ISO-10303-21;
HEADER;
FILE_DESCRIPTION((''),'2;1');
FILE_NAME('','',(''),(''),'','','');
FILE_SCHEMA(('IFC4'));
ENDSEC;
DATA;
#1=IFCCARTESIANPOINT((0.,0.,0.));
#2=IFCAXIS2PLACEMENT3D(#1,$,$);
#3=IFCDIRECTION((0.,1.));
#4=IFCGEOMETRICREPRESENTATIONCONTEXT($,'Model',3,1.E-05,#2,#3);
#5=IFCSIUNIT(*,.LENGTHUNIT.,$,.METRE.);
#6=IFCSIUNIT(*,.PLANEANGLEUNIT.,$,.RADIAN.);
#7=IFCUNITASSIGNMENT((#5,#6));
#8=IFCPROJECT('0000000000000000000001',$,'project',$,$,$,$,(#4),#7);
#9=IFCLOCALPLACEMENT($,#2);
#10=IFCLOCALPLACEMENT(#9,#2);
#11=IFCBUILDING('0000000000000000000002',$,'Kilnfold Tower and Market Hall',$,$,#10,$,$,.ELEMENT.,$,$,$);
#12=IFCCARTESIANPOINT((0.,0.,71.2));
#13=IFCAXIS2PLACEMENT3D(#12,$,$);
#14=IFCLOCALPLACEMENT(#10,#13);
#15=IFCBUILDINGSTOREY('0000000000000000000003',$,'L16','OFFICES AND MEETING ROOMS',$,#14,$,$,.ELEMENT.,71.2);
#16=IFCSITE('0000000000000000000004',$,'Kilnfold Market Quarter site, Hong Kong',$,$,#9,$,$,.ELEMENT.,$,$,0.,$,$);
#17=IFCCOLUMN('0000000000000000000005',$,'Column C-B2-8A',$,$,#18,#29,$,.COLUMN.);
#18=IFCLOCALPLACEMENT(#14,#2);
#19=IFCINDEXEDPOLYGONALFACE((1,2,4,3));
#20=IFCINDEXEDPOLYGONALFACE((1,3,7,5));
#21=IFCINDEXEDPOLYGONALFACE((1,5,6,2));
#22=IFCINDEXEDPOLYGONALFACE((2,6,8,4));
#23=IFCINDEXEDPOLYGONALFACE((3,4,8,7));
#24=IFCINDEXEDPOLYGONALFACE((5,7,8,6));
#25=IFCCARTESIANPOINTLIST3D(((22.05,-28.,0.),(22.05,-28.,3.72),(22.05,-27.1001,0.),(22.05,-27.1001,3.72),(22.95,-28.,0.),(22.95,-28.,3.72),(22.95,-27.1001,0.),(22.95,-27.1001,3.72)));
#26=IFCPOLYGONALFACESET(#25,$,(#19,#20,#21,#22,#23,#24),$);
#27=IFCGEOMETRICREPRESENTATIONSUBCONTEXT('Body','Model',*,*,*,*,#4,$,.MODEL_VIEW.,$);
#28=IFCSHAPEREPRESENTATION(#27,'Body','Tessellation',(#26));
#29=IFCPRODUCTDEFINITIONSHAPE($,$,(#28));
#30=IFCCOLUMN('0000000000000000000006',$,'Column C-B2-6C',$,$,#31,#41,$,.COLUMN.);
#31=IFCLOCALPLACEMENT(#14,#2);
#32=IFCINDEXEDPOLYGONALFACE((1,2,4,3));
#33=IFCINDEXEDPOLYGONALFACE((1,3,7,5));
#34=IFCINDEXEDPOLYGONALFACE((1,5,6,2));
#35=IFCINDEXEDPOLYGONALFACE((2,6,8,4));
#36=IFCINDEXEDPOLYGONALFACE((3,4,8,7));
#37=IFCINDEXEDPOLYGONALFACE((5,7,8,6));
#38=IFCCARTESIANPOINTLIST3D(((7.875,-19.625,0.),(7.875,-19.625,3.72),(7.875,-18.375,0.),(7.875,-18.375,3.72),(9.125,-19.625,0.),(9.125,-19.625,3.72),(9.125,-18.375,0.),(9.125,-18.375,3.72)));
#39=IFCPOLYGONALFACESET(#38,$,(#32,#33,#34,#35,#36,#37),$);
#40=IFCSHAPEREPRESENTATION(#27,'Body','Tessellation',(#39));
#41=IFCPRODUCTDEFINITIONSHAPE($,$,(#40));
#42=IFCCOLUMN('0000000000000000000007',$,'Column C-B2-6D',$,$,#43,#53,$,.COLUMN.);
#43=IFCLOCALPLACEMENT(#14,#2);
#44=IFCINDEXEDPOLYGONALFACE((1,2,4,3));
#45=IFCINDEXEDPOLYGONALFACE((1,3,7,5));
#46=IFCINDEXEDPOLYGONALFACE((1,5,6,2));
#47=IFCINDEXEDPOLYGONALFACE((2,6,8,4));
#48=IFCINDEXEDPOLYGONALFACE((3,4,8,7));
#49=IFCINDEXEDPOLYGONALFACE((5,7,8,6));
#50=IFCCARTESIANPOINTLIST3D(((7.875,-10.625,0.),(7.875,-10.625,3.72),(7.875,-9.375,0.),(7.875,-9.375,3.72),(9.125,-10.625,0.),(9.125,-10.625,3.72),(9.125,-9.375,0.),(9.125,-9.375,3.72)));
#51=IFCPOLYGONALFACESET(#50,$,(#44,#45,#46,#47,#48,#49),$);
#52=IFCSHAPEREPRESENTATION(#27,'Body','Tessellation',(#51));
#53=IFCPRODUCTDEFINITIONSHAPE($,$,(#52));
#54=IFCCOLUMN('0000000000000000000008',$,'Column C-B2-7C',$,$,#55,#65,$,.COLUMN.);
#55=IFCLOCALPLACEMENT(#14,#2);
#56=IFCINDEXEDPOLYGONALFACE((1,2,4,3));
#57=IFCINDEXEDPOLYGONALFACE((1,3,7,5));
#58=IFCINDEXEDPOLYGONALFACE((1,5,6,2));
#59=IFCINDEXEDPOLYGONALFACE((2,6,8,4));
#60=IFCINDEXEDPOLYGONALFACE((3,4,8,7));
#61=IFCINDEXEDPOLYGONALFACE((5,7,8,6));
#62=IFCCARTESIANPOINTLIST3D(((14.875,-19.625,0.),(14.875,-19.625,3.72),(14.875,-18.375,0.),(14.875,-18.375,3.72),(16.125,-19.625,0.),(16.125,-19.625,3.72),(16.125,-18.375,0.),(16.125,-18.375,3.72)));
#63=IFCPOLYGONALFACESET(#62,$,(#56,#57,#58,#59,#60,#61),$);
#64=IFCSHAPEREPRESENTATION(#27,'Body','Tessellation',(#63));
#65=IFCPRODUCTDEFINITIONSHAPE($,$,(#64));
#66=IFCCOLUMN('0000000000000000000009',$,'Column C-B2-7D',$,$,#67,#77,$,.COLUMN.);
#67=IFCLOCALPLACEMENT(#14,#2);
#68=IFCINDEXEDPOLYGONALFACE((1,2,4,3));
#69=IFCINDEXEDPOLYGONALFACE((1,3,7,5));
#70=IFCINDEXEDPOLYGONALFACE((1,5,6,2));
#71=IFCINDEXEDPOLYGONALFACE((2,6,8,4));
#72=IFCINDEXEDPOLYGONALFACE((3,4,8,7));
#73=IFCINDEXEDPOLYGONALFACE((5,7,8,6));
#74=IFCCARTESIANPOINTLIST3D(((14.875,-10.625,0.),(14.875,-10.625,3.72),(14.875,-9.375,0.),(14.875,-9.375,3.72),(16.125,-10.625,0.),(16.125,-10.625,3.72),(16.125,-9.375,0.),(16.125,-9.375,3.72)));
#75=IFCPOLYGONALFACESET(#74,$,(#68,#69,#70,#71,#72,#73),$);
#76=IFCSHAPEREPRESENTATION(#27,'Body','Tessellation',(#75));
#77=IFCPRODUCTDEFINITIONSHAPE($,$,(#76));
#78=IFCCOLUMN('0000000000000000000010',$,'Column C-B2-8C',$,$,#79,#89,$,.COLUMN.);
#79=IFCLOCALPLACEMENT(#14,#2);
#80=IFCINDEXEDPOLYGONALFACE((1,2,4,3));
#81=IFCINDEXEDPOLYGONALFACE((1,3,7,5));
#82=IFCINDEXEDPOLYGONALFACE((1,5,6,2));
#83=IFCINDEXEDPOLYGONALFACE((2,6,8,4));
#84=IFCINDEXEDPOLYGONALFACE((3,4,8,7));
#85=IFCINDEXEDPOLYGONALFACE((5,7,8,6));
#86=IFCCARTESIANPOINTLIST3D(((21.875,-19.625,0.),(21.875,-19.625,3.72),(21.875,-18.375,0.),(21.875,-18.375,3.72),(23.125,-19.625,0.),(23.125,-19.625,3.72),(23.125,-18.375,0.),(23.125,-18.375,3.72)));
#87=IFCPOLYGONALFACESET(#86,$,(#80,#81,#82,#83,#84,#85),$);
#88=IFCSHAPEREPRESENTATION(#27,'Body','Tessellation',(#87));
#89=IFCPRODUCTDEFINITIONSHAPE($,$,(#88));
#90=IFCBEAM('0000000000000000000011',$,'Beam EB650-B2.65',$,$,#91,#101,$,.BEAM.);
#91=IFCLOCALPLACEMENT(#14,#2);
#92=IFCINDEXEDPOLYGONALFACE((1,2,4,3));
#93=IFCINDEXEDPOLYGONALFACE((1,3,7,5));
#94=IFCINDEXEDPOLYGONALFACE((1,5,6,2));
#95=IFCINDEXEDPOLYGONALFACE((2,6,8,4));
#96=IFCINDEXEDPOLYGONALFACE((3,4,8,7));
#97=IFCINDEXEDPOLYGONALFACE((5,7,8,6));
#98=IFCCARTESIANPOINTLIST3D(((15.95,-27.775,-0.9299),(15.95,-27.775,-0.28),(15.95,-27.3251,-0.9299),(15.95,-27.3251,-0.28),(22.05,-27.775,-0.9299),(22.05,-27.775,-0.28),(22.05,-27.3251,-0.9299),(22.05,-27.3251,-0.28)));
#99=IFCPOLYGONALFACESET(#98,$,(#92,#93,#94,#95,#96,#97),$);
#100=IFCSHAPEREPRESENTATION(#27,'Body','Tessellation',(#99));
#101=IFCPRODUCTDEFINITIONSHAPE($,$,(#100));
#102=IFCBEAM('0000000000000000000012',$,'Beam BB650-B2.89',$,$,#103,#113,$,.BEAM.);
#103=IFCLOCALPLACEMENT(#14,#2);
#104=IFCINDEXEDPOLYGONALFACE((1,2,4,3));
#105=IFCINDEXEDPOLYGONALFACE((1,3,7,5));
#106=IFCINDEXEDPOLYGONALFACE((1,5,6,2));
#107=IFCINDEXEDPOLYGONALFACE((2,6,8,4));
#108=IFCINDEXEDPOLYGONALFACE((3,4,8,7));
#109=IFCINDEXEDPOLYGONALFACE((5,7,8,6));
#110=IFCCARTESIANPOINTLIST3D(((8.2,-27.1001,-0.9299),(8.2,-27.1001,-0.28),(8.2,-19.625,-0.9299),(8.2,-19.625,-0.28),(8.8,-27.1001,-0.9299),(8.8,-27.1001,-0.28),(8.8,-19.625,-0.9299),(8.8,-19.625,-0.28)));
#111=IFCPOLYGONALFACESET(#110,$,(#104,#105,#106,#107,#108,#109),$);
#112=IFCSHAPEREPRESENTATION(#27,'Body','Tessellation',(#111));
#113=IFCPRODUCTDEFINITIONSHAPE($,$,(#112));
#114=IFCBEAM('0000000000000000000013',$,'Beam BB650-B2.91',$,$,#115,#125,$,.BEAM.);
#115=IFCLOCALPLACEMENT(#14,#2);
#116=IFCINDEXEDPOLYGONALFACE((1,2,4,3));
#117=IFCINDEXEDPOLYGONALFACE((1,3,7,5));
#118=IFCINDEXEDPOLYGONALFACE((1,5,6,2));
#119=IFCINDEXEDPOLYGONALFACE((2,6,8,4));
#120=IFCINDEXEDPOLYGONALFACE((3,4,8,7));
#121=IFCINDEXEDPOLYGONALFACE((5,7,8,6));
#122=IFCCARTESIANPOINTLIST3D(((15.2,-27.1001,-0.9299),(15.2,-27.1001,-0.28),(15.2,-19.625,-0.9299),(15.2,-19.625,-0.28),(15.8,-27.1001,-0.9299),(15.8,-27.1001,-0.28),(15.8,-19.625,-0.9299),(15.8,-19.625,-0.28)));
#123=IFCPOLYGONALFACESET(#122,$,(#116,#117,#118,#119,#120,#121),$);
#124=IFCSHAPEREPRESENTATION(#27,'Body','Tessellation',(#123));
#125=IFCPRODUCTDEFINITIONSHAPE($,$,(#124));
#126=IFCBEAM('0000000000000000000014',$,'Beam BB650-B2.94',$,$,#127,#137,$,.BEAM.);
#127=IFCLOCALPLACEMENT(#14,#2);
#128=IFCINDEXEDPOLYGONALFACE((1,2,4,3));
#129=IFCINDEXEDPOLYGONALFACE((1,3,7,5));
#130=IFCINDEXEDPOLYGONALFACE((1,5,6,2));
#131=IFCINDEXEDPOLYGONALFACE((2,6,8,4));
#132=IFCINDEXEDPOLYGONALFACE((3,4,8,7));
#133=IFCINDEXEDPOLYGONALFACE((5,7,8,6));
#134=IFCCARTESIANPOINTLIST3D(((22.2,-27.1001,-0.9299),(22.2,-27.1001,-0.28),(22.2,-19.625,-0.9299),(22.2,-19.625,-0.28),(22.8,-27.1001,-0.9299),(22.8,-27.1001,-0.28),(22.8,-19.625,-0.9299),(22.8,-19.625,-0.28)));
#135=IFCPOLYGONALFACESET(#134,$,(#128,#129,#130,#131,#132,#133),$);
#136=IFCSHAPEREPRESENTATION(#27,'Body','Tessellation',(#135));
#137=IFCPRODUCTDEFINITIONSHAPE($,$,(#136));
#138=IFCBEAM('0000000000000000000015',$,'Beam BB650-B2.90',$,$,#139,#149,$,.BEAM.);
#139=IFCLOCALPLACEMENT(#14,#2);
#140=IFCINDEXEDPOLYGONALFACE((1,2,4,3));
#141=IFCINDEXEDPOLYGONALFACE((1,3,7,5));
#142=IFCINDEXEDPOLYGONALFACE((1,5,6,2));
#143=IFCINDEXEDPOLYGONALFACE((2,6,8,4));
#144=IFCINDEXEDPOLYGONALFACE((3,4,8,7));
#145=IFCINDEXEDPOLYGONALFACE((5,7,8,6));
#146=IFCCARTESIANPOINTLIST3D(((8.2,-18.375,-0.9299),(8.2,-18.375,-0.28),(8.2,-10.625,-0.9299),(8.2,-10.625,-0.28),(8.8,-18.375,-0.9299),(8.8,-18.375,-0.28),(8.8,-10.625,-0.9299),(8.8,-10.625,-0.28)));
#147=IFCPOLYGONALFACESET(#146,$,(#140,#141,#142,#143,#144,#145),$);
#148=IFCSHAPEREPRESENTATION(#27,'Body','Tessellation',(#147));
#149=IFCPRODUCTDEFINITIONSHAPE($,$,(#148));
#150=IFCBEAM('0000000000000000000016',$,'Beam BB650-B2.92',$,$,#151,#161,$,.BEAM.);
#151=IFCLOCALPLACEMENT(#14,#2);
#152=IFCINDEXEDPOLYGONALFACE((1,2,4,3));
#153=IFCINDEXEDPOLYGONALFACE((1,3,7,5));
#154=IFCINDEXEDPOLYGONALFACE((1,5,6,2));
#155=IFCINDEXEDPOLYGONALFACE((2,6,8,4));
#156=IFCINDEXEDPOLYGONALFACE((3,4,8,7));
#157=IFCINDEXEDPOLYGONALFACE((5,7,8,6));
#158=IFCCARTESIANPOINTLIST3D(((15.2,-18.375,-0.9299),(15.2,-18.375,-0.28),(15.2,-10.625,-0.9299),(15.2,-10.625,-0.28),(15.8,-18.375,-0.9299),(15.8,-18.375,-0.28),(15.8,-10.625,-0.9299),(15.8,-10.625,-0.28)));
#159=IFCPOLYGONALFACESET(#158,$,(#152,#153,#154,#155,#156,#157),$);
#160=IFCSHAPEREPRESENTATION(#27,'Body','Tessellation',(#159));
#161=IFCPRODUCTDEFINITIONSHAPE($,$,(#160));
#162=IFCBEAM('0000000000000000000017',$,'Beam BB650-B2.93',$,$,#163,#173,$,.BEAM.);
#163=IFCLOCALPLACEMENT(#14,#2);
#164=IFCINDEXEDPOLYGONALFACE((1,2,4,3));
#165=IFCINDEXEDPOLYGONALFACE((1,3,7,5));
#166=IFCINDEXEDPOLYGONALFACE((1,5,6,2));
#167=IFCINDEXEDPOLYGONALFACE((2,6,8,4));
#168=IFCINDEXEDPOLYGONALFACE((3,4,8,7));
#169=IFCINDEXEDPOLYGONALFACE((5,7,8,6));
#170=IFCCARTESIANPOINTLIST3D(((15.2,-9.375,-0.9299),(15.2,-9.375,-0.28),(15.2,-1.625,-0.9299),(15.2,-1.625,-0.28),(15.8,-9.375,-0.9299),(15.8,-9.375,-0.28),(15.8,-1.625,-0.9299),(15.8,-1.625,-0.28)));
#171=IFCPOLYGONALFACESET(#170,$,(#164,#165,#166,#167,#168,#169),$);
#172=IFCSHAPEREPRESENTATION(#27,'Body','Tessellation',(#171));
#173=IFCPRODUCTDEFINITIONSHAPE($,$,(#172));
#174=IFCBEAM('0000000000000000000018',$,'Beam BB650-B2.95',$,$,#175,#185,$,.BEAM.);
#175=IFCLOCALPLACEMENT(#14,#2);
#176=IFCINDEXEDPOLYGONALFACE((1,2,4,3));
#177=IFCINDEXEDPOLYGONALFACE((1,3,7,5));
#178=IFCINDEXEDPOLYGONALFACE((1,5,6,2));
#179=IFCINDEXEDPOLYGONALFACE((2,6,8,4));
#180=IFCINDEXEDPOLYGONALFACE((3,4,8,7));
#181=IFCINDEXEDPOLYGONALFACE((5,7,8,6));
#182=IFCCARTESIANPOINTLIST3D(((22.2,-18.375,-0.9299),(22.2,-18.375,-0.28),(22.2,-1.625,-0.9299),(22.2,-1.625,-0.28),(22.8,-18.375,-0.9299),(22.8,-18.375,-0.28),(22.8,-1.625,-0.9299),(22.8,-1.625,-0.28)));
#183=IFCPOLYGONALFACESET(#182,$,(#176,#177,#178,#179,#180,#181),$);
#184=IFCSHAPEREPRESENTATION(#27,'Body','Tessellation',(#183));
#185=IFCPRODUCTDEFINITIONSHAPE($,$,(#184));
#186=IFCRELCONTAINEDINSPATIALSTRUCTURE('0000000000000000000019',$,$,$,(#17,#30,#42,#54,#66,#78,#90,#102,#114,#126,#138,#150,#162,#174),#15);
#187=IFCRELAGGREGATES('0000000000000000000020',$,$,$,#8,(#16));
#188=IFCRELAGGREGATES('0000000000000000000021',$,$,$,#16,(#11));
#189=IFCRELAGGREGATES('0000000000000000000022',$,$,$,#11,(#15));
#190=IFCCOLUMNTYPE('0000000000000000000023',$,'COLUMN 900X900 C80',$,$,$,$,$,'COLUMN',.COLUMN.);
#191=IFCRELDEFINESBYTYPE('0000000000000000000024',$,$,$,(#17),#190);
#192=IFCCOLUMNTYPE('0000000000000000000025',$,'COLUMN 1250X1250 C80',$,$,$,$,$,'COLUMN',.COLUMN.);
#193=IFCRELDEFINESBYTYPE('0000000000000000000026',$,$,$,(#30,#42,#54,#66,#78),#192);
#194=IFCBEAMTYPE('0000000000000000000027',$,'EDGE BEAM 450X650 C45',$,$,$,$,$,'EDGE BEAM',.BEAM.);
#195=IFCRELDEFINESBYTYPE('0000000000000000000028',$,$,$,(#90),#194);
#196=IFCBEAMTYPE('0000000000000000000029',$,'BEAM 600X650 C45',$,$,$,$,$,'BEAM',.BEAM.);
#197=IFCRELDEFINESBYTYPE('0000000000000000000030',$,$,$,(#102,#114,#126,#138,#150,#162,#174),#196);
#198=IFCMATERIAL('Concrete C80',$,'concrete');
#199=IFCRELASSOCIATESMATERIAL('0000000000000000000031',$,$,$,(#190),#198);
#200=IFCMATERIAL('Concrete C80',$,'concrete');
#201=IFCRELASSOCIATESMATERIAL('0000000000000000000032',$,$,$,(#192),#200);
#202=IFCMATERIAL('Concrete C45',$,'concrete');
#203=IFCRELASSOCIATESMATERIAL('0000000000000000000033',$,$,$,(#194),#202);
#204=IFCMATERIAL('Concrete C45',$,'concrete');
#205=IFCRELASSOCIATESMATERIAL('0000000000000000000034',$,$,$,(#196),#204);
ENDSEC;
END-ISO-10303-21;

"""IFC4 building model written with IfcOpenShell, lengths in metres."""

from ifc_helpers import new_model, si_unit, direction, frame, origin, origin_2d, place, context, subcontext, project, spatial, rectangle, extrude, source, transform, mapped, material, material_profile, profile_set, type_object, element, save


model = new_model("IFC4")

# Units and contexts
model_context = context("Model", 3, precision=1e-05, world=origin(), true_north=direction((0.0, 1.0)))
body_context = subcontext(model_context, "Body", "Model", "MODEL_VIEW")
ifc_project = project(units=[si_unit("LENGTHUNIT", "METRE"), si_unit("PLANEANGLEUNIT", "RADIAN")], contexts=[model_context])

# Site, building, storey
site_placement = place(None, origin())
site = spatial("IfcSite", under=ifc_project, at=site_placement, Name="Kilnfold Market Quarter site, Hong Kong", CompositionType="ELEMENT", RefElevation=0.0)
building_placement = place(site_placement, origin())
building = spatial("IfcBuilding", under=site, at=building_placement, Name="Kilnfold Tower and Market Hall", CompositionType="ELEMENT")
storey_placement = place(building_placement, frame((0.0, 0.0, 71.2)))
storey = spatial("IfcBuildingStorey", under=building, at=storey_placement, Name="L16", Description="OFFICES AND MEETING ROOMS", CompositionType="ELEMENT", Elevation=71.2)

# Columns
ifc_material_1 = material(Name="Concrete C80", Category="concrete")
ifc_material_profile_1 = material_profile(ifc_material_1, rectangle(XDim=0.8999, YDim=0.8999, at=origin_2d()), Name="RC 900x900")
ifc_profile_set_1 = profile_set([ifc_material_profile_1], Name="Concrete C80")
column_type_1 = type_object("IfcColumnType", Name="COLUMN 900X900 C80", ElementType="COLUMN", PredefinedType="COLUMN", material=ifc_profile_set_1)
shared_shape_1 = source(origin(), body_context, "Body", "SweptSolid", [
    extrude(rectangle(XDim=0.8999, YDim=0.8999, at=origin_2d()), origin(), (0.0, 0.0, 1.0), 3.72),
])
column_placement = place(storey_placement, frame((22.5, -27.55, 0.0), z_axis=(0.0, 0.0, 1.0), x_axis=(1.0, 0.0, 0.0)))
element("IfcColumn", 1, at=column_placement, inside=storey, type_object=column_type_1, Name="Column C-B2-8A", PredefinedType="COLUMN", context=body_context, shape_type="MappedRepresentation", body=[
    mapped(shared_shape_1, transform((0.0, 0.0, 0.0))),
])
ifc_material_2 = material(Name="Concrete C80", Category="concrete")
ifc_material_profile_2 = material_profile(ifc_material_2, rectangle(XDim=1.25, YDim=1.25, at=origin_2d()), Name="RC 1250x1250")
ifc_profile_set_2 = profile_set([ifc_material_profile_2], Name="Concrete C80")
column_type_2 = type_object("IfcColumnType", Name="COLUMN 1250X1250 C80", ElementType="COLUMN", PredefinedType="COLUMN", material=ifc_profile_set_2)
shared_shape_2 = source(origin(), body_context, "Body", "SweptSolid", [
    extrude(rectangle(XDim=1.25, YDim=1.25, at=origin_2d()), origin(), (0.0, 0.0, 1.0), 3.72),
])
for number, where, z_axis, x_axis, name in (
    (2, (8.5, -19.0, 0.0), (0.0, 0.0, 1.0), (1.0, 0.0, 0.0), "Column C-B2-6C"),
    (3, (8.5, -10.0, 0.0), (0.0, 0.0, 1.0), (1.0, 0.0, 0.0), "Column C-B2-6D"),
    (4, (15.5, -19.0, 0.0), (0.0, 0.0, 1.0), (1.0, 0.0, 0.0), "Column C-B2-7C"),
    (5, (15.5, -10.0, 0.0), (0.0, 0.0, 1.0), (1.0, 0.0, 0.0), "Column C-B2-7D"),
    (6, (22.5, -19.0, 0.0), (0.0, 0.0, 1.0), (1.0, 0.0, 0.0), "Column C-B2-8C"),
):
    element("IfcColumn", number, at=place(storey_placement, frame(where, z_axis=z_axis, x_axis=x_axis)), inside=storey, type_object=column_type_2, Name=name, PredefinedType="COLUMN", context=body_context, shape_type="MappedRepresentation", body=[
        mapped(shared_shape_2, transform((0.0, 0.0, 0.0))),
    ])

# Beams
ifc_material_3 = material(Name="Concrete C45", Category="concrete")
ifc_material_profile_3 = material_profile(ifc_material_3, rectangle(XDim=0.45, YDim=0.6499, at=origin_2d()), Name="RC 450x650")
ifc_profile_set_3 = profile_set([ifc_material_profile_3], Name="Concrete C45")
beam_type_1 = type_object("IfcBeamType", Name="EDGE BEAM 450X650 C45", ElementType="EDGE BEAM", PredefinedType="BEAM", material=ifc_profile_set_3)
shared_shape_3 = source(origin(), body_context, "Body", "SweptSolid", [
    extrude(rectangle(XDim=0.45, YDim=0.6499, at=origin_2d()), origin(), (0.0, 0.0, 1.0), 6.1001),
])
beam_1_placement = place(storey_placement, frame((15.95, -27.55, -0.605), z_axis=(1.0, 0.0, 0.0), x_axis=(0.0, 1.0, 0.0)))
element("IfcBeam", 7, at=beam_1_placement, inside=storey, type_object=beam_type_1, Name="Beam EB650-B2.65", PredefinedType="BEAM", context=body_context, shape_type="MappedRepresentation", body=[
    mapped(shared_shape_3, transform((0.0, 0.0, 0.0))),
])
ifc_material_4 = material(Name="Concrete C45", Category="concrete")
ifc_material_profile_4 = material_profile(ifc_material_4, rectangle(XDim=0.6001, YDim=0.6499, at=origin_2d()), Name="RC 600x650")
ifc_profile_set_4 = profile_set([ifc_material_profile_4], Name="Concrete C45")
beam_type_2 = type_object("IfcBeamType", Name="BEAM 600X650 C45", ElementType="BEAM", PredefinedType="BEAM", material=ifc_profile_set_4)
shared_shape_4 = source(origin(), body_context, "Body", "SweptSolid", [
    extrude(rectangle(XDim=0.6001, YDim=0.6499, at=origin_2d()), origin(), (0.0, 0.0, 1.0), 7.4751),
])
for number, where, z_axis, x_axis, name in (
    (8, (8.5, -27.1001, -0.605), (0.0, 1.0, 0.0), (-1.0, 0.0, 0.0), "Beam BB650-B2.89"),
    (9, (15.5, -27.1001, -0.605), (0.0, 1.0, 0.0), (-1.0, 0.0, 0.0), "Beam BB650-B2.91"),
    (10, (22.5, -27.1001, -0.605), (0.0, 1.0, 0.0), (-1.0, 0.0, 0.0), "Beam BB650-B2.94"),
):
    element("IfcBeam", number, at=place(storey_placement, frame(where, z_axis=z_axis, x_axis=x_axis)), inside=storey, type_object=beam_type_2, Name=name, PredefinedType="BEAM", context=body_context, shape_type="MappedRepresentation", body=[
        mapped(shared_shape_4, transform((0.0, 0.0, 0.0))),
    ])
shared_shape_5 = source(origin(), body_context, "Body", "SweptSolid", [
    extrude(rectangle(XDim=0.6001, YDim=0.6499, at=origin_2d()), origin(), (0.0, 0.0, 1.0), 7.75),
])
for number, where, z_axis, x_axis, name in (
    (11, (8.5, -18.375, -0.605), (0.0, 1.0, 0.0), (-1.0, 0.0, 0.0), "Beam BB650-B2.90"),
    (12, (15.5, -18.375, -0.605), (0.0, 1.0, 0.0), (-1.0, 0.0, 0.0), "Beam BB650-B2.92"),
    (13, (15.5, -9.375, -0.605), (0.0, 1.0, 0.0), (-1.0, 0.0, 0.0), "Beam BB650-B2.93"),
):
    element("IfcBeam", number, at=place(storey_placement, frame(where, z_axis=z_axis, x_axis=x_axis)), inside=storey, type_object=beam_type_2, Name=name, PredefinedType="BEAM", context=body_context, shape_type="MappedRepresentation", body=[
        mapped(shared_shape_5, transform((0.0, 0.0, 0.0))),
    ])
shared_shape_6 = source(origin(), body_context, "Body", "SweptSolid", [
    extrude(rectangle(XDim=0.6001, YDim=0.6499, at=origin_2d()), origin(), (0.0, 0.0, 1.0), 16.75),
])
beam_2_placement = place(storey_placement, frame((22.5, -18.375, -0.605), z_axis=(0.0, 1.0, 0.0), x_axis=(-1.0, 0.0, 0.0)))
element("IfcBeam", 14, at=beam_2_placement, inside=storey, type_object=beam_type_2, Name="Beam BB650-B2.95", PredefinedType="BEAM", context=body_context, shape_type="MappedRepresentation", body=[
    mapped(shared_shape_6, transform((0.0, 0.0, 0.0))),
])

save(model, "model.ifc")
